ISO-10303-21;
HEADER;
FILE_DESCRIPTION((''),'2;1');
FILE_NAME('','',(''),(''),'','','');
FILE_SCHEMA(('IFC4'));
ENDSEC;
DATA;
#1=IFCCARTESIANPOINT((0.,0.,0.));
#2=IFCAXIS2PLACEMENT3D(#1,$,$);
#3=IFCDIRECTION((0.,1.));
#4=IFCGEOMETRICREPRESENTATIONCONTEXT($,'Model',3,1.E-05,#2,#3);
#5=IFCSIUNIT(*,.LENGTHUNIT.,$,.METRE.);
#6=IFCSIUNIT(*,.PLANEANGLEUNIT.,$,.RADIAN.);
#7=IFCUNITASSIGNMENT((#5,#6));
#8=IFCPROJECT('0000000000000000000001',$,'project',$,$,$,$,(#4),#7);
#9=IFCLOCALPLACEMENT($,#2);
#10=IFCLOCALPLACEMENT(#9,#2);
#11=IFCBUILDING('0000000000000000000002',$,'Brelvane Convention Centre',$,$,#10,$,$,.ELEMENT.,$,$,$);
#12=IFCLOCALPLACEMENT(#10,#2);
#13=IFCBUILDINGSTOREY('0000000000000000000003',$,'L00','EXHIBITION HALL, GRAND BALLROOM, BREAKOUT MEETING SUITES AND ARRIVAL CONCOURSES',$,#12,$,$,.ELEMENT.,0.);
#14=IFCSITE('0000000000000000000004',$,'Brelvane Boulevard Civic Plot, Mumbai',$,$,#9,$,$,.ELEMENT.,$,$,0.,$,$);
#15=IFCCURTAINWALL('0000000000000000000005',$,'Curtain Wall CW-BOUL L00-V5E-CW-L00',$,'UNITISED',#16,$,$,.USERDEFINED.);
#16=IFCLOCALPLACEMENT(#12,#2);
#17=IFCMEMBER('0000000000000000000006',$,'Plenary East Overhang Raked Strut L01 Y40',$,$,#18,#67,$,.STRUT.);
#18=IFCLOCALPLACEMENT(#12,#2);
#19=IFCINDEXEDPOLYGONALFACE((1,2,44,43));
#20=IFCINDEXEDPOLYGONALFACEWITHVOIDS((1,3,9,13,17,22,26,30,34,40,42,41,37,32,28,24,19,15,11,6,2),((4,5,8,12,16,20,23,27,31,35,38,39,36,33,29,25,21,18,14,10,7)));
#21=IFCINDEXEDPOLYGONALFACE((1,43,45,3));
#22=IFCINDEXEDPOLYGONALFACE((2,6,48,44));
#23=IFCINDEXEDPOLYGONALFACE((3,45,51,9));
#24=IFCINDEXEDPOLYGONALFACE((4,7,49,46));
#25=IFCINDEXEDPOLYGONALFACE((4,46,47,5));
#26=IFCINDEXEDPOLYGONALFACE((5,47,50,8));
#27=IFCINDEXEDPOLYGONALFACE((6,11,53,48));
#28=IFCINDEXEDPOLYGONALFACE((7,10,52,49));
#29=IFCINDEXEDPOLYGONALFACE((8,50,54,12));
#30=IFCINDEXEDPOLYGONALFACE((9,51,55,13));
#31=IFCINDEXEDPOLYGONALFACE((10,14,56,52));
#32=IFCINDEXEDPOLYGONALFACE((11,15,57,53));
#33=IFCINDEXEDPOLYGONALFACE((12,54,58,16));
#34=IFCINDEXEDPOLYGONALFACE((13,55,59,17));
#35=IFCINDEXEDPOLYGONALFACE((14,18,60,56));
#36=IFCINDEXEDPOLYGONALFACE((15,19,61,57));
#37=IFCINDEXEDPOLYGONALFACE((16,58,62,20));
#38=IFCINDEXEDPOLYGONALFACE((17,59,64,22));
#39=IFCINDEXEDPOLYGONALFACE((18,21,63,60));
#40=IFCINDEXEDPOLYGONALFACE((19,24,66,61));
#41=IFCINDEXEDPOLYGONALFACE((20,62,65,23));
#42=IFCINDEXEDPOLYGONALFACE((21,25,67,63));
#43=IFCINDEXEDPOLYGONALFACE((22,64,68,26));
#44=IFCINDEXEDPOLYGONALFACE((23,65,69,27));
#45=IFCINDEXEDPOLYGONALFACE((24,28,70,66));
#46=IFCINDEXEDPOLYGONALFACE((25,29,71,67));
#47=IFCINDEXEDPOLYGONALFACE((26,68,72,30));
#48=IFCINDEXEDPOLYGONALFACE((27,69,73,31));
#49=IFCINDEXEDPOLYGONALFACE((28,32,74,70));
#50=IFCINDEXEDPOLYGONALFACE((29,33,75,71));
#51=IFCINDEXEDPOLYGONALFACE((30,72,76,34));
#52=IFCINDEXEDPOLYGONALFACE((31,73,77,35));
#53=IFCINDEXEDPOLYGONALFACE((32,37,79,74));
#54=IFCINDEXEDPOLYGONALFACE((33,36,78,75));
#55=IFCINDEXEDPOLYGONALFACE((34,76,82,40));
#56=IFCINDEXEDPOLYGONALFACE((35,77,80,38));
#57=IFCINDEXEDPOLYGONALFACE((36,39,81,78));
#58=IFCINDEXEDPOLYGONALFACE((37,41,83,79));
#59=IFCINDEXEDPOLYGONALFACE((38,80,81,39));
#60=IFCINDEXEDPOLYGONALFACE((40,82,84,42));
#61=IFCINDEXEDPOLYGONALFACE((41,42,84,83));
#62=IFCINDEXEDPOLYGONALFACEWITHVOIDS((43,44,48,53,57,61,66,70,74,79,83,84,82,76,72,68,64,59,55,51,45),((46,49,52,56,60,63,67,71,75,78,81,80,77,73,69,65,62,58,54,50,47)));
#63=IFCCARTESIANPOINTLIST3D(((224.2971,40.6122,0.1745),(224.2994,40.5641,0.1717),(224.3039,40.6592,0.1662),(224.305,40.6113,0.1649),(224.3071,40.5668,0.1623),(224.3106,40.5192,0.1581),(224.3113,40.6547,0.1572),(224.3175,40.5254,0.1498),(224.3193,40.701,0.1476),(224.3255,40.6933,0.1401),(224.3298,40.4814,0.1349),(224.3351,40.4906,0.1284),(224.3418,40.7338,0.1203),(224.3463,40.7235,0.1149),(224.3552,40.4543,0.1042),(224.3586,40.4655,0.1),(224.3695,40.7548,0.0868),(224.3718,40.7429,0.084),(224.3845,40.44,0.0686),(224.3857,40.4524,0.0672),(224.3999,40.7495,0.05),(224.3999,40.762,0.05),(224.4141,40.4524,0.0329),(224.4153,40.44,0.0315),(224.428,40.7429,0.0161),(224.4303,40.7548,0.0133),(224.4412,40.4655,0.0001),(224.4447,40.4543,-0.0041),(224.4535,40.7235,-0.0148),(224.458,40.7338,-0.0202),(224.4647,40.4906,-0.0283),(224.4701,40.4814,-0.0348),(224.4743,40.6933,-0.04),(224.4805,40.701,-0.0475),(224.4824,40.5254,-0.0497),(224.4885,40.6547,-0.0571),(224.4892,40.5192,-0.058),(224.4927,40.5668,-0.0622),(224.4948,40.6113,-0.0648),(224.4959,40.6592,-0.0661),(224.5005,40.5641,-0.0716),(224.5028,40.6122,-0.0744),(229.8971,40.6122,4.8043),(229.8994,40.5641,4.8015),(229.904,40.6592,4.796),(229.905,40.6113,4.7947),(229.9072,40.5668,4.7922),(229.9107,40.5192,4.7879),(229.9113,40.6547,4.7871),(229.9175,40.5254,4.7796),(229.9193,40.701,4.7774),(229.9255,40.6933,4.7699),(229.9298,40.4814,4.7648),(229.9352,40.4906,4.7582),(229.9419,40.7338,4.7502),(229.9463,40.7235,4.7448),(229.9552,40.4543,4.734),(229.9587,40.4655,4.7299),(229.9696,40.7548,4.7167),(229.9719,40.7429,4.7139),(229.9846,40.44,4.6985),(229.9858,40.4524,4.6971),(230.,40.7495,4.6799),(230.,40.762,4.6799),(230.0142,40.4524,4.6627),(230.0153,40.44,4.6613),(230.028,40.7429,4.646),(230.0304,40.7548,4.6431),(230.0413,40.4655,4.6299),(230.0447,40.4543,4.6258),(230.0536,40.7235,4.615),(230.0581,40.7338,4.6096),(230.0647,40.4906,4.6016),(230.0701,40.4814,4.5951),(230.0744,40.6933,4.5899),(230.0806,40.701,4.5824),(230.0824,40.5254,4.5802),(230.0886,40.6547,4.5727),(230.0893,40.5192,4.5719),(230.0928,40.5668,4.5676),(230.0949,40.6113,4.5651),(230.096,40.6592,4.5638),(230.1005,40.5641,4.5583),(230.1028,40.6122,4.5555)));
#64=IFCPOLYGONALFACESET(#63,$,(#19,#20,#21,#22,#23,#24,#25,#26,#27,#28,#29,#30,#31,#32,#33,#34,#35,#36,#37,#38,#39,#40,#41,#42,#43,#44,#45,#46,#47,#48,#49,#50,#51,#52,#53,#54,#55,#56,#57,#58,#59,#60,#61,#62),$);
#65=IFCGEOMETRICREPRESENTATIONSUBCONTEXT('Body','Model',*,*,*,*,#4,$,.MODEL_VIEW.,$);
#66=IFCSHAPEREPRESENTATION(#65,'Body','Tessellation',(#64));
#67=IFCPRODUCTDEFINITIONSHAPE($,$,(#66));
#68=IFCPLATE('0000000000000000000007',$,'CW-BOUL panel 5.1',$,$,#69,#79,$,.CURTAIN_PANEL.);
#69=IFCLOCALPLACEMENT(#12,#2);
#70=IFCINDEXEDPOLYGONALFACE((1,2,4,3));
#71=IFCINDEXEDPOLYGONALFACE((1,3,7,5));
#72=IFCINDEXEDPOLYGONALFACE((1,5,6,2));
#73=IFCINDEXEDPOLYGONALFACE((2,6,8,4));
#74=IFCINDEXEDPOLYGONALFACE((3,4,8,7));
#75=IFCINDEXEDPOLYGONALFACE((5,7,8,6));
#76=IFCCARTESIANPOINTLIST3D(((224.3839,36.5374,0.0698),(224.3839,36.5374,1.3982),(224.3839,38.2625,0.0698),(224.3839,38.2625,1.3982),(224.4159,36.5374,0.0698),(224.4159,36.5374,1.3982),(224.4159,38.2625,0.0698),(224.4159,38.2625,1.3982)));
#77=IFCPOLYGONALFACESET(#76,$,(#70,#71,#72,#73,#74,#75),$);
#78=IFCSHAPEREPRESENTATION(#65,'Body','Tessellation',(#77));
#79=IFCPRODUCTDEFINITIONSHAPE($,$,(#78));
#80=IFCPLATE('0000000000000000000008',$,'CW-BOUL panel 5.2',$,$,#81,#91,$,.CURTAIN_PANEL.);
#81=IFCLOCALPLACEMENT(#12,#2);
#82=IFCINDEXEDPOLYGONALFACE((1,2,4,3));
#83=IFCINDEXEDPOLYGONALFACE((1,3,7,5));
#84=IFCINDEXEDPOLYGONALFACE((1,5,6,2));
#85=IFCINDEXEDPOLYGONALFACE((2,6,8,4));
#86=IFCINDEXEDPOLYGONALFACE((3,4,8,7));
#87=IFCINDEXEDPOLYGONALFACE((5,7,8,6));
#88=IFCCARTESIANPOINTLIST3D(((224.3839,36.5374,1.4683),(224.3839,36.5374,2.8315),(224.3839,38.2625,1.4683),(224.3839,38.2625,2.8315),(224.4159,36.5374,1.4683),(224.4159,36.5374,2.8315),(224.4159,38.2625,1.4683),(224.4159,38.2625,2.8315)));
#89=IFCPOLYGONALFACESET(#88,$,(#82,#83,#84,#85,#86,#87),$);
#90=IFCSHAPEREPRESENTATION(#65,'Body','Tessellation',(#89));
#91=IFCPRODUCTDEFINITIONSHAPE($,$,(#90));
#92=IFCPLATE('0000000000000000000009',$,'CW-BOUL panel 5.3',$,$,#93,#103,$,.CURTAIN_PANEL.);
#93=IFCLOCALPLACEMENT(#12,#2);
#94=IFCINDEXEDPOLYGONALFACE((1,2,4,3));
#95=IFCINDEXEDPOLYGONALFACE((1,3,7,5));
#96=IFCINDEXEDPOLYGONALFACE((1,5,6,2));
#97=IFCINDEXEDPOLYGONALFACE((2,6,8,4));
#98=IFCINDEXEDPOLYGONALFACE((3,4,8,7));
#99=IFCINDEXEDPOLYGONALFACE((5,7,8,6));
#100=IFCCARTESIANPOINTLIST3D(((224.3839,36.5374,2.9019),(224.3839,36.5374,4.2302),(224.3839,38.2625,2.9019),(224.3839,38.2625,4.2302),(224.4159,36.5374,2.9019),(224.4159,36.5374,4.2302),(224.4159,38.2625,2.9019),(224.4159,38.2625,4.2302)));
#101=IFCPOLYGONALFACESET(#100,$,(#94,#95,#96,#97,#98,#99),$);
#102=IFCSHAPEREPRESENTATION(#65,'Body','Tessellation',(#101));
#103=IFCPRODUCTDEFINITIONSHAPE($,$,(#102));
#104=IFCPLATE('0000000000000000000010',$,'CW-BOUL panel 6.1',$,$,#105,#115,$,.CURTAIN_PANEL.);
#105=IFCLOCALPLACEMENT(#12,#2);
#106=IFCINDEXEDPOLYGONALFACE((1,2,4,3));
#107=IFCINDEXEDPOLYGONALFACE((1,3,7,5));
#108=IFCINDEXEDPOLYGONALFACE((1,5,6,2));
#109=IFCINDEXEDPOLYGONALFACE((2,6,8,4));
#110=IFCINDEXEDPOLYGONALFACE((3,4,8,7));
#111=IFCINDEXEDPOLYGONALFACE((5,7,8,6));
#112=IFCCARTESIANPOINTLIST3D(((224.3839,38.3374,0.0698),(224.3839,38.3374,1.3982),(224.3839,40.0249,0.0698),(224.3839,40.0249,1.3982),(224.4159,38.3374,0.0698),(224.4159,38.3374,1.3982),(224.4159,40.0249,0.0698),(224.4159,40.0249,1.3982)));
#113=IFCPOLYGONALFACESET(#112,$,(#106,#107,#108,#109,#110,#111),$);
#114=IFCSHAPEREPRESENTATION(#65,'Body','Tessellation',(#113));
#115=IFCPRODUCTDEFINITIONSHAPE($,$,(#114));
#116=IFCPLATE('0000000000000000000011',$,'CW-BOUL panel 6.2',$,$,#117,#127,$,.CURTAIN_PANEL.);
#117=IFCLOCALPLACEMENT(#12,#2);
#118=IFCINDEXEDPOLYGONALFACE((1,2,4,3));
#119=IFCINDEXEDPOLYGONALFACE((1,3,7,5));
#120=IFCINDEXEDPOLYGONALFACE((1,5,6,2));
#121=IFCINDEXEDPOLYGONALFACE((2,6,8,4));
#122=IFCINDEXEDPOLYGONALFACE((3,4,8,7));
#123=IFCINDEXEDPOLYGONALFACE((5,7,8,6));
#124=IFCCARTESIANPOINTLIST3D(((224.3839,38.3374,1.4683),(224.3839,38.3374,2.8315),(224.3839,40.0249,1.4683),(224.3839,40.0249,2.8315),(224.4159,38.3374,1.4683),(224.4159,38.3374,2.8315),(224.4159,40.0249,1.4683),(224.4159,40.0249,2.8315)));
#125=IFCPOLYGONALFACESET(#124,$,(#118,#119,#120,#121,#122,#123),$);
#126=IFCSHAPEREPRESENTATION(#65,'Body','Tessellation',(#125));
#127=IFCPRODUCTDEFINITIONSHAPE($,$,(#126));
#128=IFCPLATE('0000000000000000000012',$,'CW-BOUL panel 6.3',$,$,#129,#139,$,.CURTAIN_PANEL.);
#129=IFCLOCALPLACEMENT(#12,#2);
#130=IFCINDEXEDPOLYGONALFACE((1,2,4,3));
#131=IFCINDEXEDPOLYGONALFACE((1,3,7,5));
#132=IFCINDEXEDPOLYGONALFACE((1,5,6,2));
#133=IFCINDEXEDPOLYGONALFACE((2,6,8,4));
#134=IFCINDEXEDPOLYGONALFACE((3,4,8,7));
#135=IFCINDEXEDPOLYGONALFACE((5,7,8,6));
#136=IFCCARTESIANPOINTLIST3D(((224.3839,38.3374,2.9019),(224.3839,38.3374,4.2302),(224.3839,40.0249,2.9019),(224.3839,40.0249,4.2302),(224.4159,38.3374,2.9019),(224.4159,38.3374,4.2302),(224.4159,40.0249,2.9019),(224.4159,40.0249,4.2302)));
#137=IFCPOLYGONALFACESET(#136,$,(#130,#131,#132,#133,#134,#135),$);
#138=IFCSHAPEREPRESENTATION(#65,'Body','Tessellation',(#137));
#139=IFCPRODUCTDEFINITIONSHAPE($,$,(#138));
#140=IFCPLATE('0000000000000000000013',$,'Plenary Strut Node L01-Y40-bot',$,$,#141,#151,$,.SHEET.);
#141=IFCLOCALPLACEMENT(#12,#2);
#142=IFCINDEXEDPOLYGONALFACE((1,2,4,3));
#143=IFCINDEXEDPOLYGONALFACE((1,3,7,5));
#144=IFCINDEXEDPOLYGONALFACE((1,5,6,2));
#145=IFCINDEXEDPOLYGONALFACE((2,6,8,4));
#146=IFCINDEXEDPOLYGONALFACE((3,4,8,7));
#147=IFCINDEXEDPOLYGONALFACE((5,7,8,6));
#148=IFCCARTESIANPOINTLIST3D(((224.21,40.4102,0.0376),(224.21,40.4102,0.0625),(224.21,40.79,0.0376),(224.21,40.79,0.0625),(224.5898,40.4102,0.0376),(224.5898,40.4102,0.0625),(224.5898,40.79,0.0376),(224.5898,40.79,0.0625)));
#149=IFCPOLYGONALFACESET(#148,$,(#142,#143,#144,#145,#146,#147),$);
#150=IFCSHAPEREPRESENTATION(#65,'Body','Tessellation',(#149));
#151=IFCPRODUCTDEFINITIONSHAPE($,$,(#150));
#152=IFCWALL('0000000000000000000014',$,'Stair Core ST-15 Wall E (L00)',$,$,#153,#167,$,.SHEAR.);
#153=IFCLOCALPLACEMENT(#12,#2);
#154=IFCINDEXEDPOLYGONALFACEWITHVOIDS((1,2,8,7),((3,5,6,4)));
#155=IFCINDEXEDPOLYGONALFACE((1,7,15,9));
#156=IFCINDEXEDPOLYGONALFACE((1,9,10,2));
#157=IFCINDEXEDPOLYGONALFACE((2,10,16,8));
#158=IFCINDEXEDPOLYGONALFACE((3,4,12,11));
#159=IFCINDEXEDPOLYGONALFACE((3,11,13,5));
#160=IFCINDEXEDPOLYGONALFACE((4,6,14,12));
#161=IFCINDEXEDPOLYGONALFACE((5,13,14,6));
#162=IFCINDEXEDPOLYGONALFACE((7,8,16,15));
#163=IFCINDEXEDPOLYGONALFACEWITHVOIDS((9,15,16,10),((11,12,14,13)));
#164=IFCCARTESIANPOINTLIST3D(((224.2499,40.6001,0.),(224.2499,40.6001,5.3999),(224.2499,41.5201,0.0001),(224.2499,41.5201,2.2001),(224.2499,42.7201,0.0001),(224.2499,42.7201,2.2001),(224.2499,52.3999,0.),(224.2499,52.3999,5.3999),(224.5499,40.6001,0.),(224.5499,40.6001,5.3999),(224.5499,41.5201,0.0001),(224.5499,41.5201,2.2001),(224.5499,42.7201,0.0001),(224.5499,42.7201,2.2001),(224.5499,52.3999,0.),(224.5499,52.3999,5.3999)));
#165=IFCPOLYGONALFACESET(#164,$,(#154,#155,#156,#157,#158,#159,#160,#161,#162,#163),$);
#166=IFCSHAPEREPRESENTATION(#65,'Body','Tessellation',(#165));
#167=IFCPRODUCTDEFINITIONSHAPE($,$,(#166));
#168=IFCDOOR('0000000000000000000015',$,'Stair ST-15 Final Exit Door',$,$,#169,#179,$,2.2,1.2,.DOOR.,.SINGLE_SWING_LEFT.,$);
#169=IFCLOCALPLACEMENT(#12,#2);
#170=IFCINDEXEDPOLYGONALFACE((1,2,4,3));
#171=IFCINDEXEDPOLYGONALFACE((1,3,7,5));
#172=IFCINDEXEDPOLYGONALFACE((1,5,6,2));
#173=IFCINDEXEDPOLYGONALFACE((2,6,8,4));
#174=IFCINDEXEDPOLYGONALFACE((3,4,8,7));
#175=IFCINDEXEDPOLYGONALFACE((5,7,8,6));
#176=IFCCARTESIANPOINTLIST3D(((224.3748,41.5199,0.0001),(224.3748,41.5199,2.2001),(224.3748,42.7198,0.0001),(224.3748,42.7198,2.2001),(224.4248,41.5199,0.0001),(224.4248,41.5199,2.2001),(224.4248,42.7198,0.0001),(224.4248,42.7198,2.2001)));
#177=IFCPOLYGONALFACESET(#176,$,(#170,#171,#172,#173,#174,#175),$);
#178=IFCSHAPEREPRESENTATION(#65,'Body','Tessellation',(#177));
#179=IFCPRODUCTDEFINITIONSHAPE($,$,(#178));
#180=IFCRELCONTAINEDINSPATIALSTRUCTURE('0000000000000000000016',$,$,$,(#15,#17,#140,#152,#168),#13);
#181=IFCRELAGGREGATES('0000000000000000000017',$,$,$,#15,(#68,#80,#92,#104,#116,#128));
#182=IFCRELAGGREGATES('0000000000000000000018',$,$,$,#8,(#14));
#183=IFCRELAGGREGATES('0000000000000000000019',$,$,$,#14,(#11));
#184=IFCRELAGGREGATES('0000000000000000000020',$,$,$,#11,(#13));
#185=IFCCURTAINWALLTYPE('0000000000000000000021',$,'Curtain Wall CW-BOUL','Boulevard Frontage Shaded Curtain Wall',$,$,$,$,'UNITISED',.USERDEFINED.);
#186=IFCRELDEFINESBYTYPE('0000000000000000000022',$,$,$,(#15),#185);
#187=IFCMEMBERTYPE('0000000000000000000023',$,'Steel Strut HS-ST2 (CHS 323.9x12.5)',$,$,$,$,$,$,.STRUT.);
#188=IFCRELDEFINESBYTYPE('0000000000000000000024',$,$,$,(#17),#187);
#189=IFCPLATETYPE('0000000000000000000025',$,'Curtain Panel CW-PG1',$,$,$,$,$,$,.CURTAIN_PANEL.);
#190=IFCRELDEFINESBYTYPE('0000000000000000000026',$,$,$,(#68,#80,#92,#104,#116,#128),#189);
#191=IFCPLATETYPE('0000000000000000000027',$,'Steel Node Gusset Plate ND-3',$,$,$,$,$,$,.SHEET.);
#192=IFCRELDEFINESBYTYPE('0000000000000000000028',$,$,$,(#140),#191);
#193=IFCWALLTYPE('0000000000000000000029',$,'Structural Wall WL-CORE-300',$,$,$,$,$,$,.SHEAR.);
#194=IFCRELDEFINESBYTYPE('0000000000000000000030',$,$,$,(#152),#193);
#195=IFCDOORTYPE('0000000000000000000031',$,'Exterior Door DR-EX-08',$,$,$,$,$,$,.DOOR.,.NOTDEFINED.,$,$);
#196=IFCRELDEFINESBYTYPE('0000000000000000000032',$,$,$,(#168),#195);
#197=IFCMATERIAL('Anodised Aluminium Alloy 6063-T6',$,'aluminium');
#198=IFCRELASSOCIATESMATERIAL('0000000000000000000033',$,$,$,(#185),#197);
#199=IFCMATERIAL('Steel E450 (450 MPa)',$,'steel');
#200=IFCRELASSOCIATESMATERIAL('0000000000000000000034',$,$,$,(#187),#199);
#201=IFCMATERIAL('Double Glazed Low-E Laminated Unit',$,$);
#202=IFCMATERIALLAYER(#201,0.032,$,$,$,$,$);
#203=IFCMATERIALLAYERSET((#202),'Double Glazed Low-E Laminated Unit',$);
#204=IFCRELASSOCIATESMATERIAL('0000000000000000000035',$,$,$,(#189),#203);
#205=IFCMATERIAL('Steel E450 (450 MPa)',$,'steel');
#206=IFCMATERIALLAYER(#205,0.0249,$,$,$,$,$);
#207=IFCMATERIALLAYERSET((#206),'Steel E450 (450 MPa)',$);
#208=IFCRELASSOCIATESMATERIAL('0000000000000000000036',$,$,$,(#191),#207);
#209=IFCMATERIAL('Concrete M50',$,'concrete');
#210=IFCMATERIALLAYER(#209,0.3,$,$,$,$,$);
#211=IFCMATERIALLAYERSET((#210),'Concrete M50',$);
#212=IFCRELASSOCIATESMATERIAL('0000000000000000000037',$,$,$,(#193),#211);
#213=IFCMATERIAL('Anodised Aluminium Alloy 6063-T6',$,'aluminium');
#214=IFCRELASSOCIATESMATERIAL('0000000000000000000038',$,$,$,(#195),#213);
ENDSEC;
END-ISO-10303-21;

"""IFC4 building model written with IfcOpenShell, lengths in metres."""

from ifc_helpers import new_model, si_unit, direction, frame, frame_2d, origin, origin_2d, place, context, subcontext, project, spatial, rectangle, hollow_circle, extrude, material, layer, layer_set, material_profile, profile_set, type_object, element, fill, aggregate, save


model = new_model("IFC4")

# Units and contexts
model_context = context("Model", 3, precision=1e-05, world=origin(), true_north=direction((0.0, 1.0)))
body_context = subcontext(model_context, "Body", "Model", "MODEL_VIEW")
ifc_project = project(units=[si_unit("LENGTHUNIT", "METRE"), si_unit("PLANEANGLEUNIT", "RADIAN")], contexts=[model_context])

# Site, building, storey
site_placement = place(None, origin())
site = spatial("IfcSite", under=ifc_project, at=site_placement, Name="Brelvane Boulevard Civic Plot, Mumbai", CompositionType="ELEMENT", RefElevation=0.0)
building_placement = place(site_placement, origin())
building = spatial("IfcBuilding", under=site, at=building_placement, Name="Brelvane Convention Centre", CompositionType="ELEMENT")
storey_placement = place(building_placement, origin())
storey = spatial("IfcBuildingStorey", under=building, at=storey_placement, Name="L00", Description="EXHIBITION HALL, GRAND BALLROOM, BREAKOUT MEETING SUITES AND ARRIVAL CONCOURSES", CompositionType="ELEMENT", Elevation=0.0)

# Curtain wall
ifc_material_1 = material(Name="Anodised Aluminium Alloy 6063-T6", Category="aluminium")
curtain_wall_type = type_object("IfcCurtainWallType", Name="Curtain Wall CW-BOUL", Description="Boulevard Frontage Shaded Curtain Wall", ElementType="UNITISED", PredefinedType="USERDEFINED", material=ifc_material_1)
curtain_wall_placement = place(storey_placement, origin())
curtain_wall = element("IfcCurtainWall", 1, at=curtain_wall_placement, inside=storey, type_object=curtain_wall_type, Name="Curtain Wall CW-BOUL L00-V5E-CW-L00", ObjectType="UNITISED", PredefinedType="USERDEFINED")

# Member
ifc_material_2 = material(Name="Steel E450 (450 MPa)", Category="steel")
ifc_material_profile_1 = material_profile(ifc_material_2, hollow_circle(Radius=0.1619, WallThickness=0.0125, at=origin_2d()), Name="CHS 323.9x12.5")
ifc_profile_set_1 = profile_set([ifc_material_profile_1], Name="Steel E450 (450 MPa)")
member_type_1 = type_object("IfcMemberType", Name="Steel Strut HS-ST2 (CHS 323.9x12.5)", PredefinedType="STRUT", material=ifc_profile_set_1)
member_1_placement = place(storey_placement, frame((224.3999, 40.6001, 0.05), z_axis=(0.770711, 0.0, 0.637185), x_axis=(0.0, 1.0, 0.0)))
element("IfcMember", 2, at=member_1_placement, inside=storey, type_object=member_type_1, Name="Plenary East Overhang Raked Strut L01 Y40", PredefinedType="STRUT", context=body_context, shape_type="SweptSolid", body=[
    extrude(hollow_circle(Radius=0.1619, WallThickness=0.0125, at=origin_2d()), origin(), (0.0, 0.0, 1.0), 7.2661),
])

# Plates
ifc_material_3 = material(Name="Double Glazed Low-E Laminated Unit")
ifc_layer_1 = layer(ifc_material_3, 0.032)
ifc_layer_set_1 = layer_set([ifc_layer_1], Name="Double Glazed Low-E Laminated Unit")
plate_type_1 = type_object("IfcPlateType", Name="Curtain Panel CW-PG1", PredefinedType="CURTAIN_PANEL", material=ifc_layer_set_1)
plate_1_placement = place(storey_placement, frame((224.3999, 37.3999, 0.0698), z_axis=(0.0, 0.0, 1.0), x_axis=(0.0, 1.0, 0.0)))
plate_1 = element("IfcPlate", 3, at=plate_1_placement, type_object=plate_type_1, Name="CW-BOUL panel 5.1", PredefinedType="CURTAIN_PANEL", context=body_context, shape_type="SweptSolid", body=[
    extrude(rectangle(XDim=1.7251, YDim=0.032, at=origin_2d()), origin(), (0.0, 0.0, 1.0), 1.3284),
])
plate_2_placement = place(storey_placement, frame((224.3999, 37.3999, 1.4683), z_axis=(0.0, 0.0, 1.0), x_axis=(0.0, 1.0, 0.0)))
plate_2 = element("IfcPlate", 4, at=plate_2_placement, type_object=plate_type_1, Name="CW-BOUL panel 5.2", PredefinedType="CURTAIN_PANEL", context=body_context, shape_type="SweptSolid", body=[
    extrude(rectangle(XDim=1.7251, YDim=0.032, at=origin_2d()), origin(), (0.0, 0.0, 1.0), 1.3633),
])
plate_3_placement = place(storey_placement, frame((224.3999, 37.3999, 2.9019), z_axis=(0.0, 0.0, 1.0), x_axis=(0.0, 1.0, 0.0)))
plate_3 = element("IfcPlate", 5, at=plate_3_placement, type_object=plate_type_1, Name="CW-BOUL panel 5.3", PredefinedType="CURTAIN_PANEL", context=body_context, shape_type="SweptSolid", body=[
    extrude(rectangle(XDim=1.7251, YDim=0.032, at=origin_2d()), origin(), (0.0, 0.0, 1.0), 1.3284),
])
plate_4_placement = place(storey_placement, frame((224.3999, 39.1812, 0.0698), z_axis=(0.0, 0.0, 1.0), x_axis=(0.0, 1.0, 0.0)))
plate_4 = element("IfcPlate", 6, at=plate_4_placement, type_object=plate_type_1, Name="CW-BOUL panel 6.1", PredefinedType="CURTAIN_PANEL", context=body_context, shape_type="SweptSolid", body=[
    extrude(rectangle(XDim=1.6875, YDim=0.032, at=origin_2d()), origin(), (0.0, 0.0, 1.0), 1.3284),
])
plate_5_placement = place(storey_placement, frame((224.3999, 39.1812, 1.4683), z_axis=(0.0, 0.0, 1.0), x_axis=(0.0, 1.0, 0.0)))
plate_5 = element("IfcPlate", 7, at=plate_5_placement, type_object=plate_type_1, Name="CW-BOUL panel 6.2", PredefinedType="CURTAIN_PANEL", context=body_context, shape_type="SweptSolid", body=[
    extrude(rectangle(XDim=1.6875, YDim=0.032, at=origin_2d()), origin(), (0.0, 0.0, 1.0), 1.3633),
])
plate_6_placement = place(storey_placement, frame((224.3999, 39.1812, 2.9019), z_axis=(0.0, 0.0, 1.0), x_axis=(0.0, 1.0, 0.0)))
plate_6 = element("IfcPlate", 8, at=plate_6_placement, type_object=plate_type_1, Name="CW-BOUL panel 6.3", PredefinedType="CURTAIN_PANEL", context=body_context, shape_type="SweptSolid", body=[
    extrude(rectangle(XDim=1.6875, YDim=0.032, at=origin_2d()), origin(), (0.0, 0.0, 1.0), 1.3284),
])
aggregate(curtain_wall, [plate_1, plate_2, plate_3, plate_4, plate_5, plate_6])
ifc_material_4 = material(Name="Steel E450 (450 MPa)", Category="steel")
ifc_layer_2 = layer(ifc_material_4, 0.0249)
ifc_layer_set_2 = layer_set([ifc_layer_2], Name="Steel E450 (450 MPa)")
plate_type_2 = type_object("IfcPlateType", Name="Steel Node Gusset Plate ND-3", PredefinedType="SHEET", material=ifc_layer_set_2)
plate_7_placement = place(storey_placement, frame((224.3999, 40.6001, 0.0376), z_axis=(0.0, 0.0, 1.0), x_axis=(1.0, 0.0, 0.0)))
element("IfcPlate", 9, at=plate_7_placement, inside=storey, type_object=plate_type_2, Name="Plenary Strut Node L01-Y40-bot", PredefinedType="SHEET", context=body_context, shape_type="SweptSolid", body=[
    extrude(rectangle(XDim=0.3799, YDim=0.3799, at=origin_2d()), origin(), (0.0, 0.0, 1.0), 0.0249),
])

# Wall, opening, door
ifc_material_5 = material(Name="Concrete M50", Category="concrete")
ifc_layer_3 = layer(ifc_material_5, 0.3)
ifc_layer_set_3 = layer_set([ifc_layer_3], Name="Concrete M50")
wall_type = type_object("IfcWallType", Name="Structural Wall WL-CORE-300", PredefinedType="SHEAR", material=ifc_layer_set_3)
wall_placement = place(storey_placement, frame((224.3999, 40.6001, 0.0), z_axis=(0.0, 0.0, 1.0), x_axis=(0.0, 1.0, 0.0)))
wall = element("IfcWall", 10, at=wall_placement, inside=storey, type_object=wall_type, Name="Stair Core ST-15 Wall E (L00)", PredefinedType="SHEAR", context=body_context, shape_type="SweptSolid", body=[
    extrude(rectangle(XDim=11.7998, YDim=0.3, at=frame_2d((5.8999, 0.0))), origin(), (0.0, 0.0, 1.0), 5.3999),
])
opening_placement = place(wall_placement, frame((0.9199, 0.0, 0.0)))
opening = element("IfcOpeningElement", 11, at=opening_placement, cuts=wall, PredefinedType="OPENING", context=body_context, shape_type="SweptSolid", body=[
    extrude(rectangle(XDim=1.2, YDim=2.2, at=frame_2d((0.6001, 1.1001))), frame((0.0, 0.1599, 0.0), z_axis=(0.0, -1.0, 0.0), x_axis=(1.0, 0.0, 0.0)), (0.0, 0.0, 1.0), 0.3201),
])
ifc_material_6 = material(Name="Anodised Aluminium Alloy 6063-T6", Category="aluminium")
door_type = type_object("IfcDoorType", Name="Exterior Door DR-EX-08", OperationType="NOTDEFINED", PredefinedType="DOOR", material=ifc_material_6)
door_placement = place(opening_placement, frame((1.2, 0.0, 0.0), z_axis=(0.0, 0.0, 1.0), x_axis=(-1.0, 0.0, 0.0)))
door = element("IfcDoor", 12, at=door_placement, inside=storey, type_object=door_type, Name="Stair ST-15 Final Exit Door", OperationType="SINGLE_SWING_LEFT", OverallHeight=2.2, OverallWidth=1.2, PredefinedType="DOOR", context=body_context, shape_type="SweptSolid", body=[
    extrude(rectangle(XDim=1.2, YDim=2.2, at=frame_2d((0.6001, 1.1001))), frame((0.0, 0.0249, 0.0), z_axis=(0.0, -1.0, 0.0), x_axis=(1.0, 0.0, 0.0)), (0.0, 0.0, 1.0), 0.05),
])
fill(opening, door)

save(model, "model.ifc")
